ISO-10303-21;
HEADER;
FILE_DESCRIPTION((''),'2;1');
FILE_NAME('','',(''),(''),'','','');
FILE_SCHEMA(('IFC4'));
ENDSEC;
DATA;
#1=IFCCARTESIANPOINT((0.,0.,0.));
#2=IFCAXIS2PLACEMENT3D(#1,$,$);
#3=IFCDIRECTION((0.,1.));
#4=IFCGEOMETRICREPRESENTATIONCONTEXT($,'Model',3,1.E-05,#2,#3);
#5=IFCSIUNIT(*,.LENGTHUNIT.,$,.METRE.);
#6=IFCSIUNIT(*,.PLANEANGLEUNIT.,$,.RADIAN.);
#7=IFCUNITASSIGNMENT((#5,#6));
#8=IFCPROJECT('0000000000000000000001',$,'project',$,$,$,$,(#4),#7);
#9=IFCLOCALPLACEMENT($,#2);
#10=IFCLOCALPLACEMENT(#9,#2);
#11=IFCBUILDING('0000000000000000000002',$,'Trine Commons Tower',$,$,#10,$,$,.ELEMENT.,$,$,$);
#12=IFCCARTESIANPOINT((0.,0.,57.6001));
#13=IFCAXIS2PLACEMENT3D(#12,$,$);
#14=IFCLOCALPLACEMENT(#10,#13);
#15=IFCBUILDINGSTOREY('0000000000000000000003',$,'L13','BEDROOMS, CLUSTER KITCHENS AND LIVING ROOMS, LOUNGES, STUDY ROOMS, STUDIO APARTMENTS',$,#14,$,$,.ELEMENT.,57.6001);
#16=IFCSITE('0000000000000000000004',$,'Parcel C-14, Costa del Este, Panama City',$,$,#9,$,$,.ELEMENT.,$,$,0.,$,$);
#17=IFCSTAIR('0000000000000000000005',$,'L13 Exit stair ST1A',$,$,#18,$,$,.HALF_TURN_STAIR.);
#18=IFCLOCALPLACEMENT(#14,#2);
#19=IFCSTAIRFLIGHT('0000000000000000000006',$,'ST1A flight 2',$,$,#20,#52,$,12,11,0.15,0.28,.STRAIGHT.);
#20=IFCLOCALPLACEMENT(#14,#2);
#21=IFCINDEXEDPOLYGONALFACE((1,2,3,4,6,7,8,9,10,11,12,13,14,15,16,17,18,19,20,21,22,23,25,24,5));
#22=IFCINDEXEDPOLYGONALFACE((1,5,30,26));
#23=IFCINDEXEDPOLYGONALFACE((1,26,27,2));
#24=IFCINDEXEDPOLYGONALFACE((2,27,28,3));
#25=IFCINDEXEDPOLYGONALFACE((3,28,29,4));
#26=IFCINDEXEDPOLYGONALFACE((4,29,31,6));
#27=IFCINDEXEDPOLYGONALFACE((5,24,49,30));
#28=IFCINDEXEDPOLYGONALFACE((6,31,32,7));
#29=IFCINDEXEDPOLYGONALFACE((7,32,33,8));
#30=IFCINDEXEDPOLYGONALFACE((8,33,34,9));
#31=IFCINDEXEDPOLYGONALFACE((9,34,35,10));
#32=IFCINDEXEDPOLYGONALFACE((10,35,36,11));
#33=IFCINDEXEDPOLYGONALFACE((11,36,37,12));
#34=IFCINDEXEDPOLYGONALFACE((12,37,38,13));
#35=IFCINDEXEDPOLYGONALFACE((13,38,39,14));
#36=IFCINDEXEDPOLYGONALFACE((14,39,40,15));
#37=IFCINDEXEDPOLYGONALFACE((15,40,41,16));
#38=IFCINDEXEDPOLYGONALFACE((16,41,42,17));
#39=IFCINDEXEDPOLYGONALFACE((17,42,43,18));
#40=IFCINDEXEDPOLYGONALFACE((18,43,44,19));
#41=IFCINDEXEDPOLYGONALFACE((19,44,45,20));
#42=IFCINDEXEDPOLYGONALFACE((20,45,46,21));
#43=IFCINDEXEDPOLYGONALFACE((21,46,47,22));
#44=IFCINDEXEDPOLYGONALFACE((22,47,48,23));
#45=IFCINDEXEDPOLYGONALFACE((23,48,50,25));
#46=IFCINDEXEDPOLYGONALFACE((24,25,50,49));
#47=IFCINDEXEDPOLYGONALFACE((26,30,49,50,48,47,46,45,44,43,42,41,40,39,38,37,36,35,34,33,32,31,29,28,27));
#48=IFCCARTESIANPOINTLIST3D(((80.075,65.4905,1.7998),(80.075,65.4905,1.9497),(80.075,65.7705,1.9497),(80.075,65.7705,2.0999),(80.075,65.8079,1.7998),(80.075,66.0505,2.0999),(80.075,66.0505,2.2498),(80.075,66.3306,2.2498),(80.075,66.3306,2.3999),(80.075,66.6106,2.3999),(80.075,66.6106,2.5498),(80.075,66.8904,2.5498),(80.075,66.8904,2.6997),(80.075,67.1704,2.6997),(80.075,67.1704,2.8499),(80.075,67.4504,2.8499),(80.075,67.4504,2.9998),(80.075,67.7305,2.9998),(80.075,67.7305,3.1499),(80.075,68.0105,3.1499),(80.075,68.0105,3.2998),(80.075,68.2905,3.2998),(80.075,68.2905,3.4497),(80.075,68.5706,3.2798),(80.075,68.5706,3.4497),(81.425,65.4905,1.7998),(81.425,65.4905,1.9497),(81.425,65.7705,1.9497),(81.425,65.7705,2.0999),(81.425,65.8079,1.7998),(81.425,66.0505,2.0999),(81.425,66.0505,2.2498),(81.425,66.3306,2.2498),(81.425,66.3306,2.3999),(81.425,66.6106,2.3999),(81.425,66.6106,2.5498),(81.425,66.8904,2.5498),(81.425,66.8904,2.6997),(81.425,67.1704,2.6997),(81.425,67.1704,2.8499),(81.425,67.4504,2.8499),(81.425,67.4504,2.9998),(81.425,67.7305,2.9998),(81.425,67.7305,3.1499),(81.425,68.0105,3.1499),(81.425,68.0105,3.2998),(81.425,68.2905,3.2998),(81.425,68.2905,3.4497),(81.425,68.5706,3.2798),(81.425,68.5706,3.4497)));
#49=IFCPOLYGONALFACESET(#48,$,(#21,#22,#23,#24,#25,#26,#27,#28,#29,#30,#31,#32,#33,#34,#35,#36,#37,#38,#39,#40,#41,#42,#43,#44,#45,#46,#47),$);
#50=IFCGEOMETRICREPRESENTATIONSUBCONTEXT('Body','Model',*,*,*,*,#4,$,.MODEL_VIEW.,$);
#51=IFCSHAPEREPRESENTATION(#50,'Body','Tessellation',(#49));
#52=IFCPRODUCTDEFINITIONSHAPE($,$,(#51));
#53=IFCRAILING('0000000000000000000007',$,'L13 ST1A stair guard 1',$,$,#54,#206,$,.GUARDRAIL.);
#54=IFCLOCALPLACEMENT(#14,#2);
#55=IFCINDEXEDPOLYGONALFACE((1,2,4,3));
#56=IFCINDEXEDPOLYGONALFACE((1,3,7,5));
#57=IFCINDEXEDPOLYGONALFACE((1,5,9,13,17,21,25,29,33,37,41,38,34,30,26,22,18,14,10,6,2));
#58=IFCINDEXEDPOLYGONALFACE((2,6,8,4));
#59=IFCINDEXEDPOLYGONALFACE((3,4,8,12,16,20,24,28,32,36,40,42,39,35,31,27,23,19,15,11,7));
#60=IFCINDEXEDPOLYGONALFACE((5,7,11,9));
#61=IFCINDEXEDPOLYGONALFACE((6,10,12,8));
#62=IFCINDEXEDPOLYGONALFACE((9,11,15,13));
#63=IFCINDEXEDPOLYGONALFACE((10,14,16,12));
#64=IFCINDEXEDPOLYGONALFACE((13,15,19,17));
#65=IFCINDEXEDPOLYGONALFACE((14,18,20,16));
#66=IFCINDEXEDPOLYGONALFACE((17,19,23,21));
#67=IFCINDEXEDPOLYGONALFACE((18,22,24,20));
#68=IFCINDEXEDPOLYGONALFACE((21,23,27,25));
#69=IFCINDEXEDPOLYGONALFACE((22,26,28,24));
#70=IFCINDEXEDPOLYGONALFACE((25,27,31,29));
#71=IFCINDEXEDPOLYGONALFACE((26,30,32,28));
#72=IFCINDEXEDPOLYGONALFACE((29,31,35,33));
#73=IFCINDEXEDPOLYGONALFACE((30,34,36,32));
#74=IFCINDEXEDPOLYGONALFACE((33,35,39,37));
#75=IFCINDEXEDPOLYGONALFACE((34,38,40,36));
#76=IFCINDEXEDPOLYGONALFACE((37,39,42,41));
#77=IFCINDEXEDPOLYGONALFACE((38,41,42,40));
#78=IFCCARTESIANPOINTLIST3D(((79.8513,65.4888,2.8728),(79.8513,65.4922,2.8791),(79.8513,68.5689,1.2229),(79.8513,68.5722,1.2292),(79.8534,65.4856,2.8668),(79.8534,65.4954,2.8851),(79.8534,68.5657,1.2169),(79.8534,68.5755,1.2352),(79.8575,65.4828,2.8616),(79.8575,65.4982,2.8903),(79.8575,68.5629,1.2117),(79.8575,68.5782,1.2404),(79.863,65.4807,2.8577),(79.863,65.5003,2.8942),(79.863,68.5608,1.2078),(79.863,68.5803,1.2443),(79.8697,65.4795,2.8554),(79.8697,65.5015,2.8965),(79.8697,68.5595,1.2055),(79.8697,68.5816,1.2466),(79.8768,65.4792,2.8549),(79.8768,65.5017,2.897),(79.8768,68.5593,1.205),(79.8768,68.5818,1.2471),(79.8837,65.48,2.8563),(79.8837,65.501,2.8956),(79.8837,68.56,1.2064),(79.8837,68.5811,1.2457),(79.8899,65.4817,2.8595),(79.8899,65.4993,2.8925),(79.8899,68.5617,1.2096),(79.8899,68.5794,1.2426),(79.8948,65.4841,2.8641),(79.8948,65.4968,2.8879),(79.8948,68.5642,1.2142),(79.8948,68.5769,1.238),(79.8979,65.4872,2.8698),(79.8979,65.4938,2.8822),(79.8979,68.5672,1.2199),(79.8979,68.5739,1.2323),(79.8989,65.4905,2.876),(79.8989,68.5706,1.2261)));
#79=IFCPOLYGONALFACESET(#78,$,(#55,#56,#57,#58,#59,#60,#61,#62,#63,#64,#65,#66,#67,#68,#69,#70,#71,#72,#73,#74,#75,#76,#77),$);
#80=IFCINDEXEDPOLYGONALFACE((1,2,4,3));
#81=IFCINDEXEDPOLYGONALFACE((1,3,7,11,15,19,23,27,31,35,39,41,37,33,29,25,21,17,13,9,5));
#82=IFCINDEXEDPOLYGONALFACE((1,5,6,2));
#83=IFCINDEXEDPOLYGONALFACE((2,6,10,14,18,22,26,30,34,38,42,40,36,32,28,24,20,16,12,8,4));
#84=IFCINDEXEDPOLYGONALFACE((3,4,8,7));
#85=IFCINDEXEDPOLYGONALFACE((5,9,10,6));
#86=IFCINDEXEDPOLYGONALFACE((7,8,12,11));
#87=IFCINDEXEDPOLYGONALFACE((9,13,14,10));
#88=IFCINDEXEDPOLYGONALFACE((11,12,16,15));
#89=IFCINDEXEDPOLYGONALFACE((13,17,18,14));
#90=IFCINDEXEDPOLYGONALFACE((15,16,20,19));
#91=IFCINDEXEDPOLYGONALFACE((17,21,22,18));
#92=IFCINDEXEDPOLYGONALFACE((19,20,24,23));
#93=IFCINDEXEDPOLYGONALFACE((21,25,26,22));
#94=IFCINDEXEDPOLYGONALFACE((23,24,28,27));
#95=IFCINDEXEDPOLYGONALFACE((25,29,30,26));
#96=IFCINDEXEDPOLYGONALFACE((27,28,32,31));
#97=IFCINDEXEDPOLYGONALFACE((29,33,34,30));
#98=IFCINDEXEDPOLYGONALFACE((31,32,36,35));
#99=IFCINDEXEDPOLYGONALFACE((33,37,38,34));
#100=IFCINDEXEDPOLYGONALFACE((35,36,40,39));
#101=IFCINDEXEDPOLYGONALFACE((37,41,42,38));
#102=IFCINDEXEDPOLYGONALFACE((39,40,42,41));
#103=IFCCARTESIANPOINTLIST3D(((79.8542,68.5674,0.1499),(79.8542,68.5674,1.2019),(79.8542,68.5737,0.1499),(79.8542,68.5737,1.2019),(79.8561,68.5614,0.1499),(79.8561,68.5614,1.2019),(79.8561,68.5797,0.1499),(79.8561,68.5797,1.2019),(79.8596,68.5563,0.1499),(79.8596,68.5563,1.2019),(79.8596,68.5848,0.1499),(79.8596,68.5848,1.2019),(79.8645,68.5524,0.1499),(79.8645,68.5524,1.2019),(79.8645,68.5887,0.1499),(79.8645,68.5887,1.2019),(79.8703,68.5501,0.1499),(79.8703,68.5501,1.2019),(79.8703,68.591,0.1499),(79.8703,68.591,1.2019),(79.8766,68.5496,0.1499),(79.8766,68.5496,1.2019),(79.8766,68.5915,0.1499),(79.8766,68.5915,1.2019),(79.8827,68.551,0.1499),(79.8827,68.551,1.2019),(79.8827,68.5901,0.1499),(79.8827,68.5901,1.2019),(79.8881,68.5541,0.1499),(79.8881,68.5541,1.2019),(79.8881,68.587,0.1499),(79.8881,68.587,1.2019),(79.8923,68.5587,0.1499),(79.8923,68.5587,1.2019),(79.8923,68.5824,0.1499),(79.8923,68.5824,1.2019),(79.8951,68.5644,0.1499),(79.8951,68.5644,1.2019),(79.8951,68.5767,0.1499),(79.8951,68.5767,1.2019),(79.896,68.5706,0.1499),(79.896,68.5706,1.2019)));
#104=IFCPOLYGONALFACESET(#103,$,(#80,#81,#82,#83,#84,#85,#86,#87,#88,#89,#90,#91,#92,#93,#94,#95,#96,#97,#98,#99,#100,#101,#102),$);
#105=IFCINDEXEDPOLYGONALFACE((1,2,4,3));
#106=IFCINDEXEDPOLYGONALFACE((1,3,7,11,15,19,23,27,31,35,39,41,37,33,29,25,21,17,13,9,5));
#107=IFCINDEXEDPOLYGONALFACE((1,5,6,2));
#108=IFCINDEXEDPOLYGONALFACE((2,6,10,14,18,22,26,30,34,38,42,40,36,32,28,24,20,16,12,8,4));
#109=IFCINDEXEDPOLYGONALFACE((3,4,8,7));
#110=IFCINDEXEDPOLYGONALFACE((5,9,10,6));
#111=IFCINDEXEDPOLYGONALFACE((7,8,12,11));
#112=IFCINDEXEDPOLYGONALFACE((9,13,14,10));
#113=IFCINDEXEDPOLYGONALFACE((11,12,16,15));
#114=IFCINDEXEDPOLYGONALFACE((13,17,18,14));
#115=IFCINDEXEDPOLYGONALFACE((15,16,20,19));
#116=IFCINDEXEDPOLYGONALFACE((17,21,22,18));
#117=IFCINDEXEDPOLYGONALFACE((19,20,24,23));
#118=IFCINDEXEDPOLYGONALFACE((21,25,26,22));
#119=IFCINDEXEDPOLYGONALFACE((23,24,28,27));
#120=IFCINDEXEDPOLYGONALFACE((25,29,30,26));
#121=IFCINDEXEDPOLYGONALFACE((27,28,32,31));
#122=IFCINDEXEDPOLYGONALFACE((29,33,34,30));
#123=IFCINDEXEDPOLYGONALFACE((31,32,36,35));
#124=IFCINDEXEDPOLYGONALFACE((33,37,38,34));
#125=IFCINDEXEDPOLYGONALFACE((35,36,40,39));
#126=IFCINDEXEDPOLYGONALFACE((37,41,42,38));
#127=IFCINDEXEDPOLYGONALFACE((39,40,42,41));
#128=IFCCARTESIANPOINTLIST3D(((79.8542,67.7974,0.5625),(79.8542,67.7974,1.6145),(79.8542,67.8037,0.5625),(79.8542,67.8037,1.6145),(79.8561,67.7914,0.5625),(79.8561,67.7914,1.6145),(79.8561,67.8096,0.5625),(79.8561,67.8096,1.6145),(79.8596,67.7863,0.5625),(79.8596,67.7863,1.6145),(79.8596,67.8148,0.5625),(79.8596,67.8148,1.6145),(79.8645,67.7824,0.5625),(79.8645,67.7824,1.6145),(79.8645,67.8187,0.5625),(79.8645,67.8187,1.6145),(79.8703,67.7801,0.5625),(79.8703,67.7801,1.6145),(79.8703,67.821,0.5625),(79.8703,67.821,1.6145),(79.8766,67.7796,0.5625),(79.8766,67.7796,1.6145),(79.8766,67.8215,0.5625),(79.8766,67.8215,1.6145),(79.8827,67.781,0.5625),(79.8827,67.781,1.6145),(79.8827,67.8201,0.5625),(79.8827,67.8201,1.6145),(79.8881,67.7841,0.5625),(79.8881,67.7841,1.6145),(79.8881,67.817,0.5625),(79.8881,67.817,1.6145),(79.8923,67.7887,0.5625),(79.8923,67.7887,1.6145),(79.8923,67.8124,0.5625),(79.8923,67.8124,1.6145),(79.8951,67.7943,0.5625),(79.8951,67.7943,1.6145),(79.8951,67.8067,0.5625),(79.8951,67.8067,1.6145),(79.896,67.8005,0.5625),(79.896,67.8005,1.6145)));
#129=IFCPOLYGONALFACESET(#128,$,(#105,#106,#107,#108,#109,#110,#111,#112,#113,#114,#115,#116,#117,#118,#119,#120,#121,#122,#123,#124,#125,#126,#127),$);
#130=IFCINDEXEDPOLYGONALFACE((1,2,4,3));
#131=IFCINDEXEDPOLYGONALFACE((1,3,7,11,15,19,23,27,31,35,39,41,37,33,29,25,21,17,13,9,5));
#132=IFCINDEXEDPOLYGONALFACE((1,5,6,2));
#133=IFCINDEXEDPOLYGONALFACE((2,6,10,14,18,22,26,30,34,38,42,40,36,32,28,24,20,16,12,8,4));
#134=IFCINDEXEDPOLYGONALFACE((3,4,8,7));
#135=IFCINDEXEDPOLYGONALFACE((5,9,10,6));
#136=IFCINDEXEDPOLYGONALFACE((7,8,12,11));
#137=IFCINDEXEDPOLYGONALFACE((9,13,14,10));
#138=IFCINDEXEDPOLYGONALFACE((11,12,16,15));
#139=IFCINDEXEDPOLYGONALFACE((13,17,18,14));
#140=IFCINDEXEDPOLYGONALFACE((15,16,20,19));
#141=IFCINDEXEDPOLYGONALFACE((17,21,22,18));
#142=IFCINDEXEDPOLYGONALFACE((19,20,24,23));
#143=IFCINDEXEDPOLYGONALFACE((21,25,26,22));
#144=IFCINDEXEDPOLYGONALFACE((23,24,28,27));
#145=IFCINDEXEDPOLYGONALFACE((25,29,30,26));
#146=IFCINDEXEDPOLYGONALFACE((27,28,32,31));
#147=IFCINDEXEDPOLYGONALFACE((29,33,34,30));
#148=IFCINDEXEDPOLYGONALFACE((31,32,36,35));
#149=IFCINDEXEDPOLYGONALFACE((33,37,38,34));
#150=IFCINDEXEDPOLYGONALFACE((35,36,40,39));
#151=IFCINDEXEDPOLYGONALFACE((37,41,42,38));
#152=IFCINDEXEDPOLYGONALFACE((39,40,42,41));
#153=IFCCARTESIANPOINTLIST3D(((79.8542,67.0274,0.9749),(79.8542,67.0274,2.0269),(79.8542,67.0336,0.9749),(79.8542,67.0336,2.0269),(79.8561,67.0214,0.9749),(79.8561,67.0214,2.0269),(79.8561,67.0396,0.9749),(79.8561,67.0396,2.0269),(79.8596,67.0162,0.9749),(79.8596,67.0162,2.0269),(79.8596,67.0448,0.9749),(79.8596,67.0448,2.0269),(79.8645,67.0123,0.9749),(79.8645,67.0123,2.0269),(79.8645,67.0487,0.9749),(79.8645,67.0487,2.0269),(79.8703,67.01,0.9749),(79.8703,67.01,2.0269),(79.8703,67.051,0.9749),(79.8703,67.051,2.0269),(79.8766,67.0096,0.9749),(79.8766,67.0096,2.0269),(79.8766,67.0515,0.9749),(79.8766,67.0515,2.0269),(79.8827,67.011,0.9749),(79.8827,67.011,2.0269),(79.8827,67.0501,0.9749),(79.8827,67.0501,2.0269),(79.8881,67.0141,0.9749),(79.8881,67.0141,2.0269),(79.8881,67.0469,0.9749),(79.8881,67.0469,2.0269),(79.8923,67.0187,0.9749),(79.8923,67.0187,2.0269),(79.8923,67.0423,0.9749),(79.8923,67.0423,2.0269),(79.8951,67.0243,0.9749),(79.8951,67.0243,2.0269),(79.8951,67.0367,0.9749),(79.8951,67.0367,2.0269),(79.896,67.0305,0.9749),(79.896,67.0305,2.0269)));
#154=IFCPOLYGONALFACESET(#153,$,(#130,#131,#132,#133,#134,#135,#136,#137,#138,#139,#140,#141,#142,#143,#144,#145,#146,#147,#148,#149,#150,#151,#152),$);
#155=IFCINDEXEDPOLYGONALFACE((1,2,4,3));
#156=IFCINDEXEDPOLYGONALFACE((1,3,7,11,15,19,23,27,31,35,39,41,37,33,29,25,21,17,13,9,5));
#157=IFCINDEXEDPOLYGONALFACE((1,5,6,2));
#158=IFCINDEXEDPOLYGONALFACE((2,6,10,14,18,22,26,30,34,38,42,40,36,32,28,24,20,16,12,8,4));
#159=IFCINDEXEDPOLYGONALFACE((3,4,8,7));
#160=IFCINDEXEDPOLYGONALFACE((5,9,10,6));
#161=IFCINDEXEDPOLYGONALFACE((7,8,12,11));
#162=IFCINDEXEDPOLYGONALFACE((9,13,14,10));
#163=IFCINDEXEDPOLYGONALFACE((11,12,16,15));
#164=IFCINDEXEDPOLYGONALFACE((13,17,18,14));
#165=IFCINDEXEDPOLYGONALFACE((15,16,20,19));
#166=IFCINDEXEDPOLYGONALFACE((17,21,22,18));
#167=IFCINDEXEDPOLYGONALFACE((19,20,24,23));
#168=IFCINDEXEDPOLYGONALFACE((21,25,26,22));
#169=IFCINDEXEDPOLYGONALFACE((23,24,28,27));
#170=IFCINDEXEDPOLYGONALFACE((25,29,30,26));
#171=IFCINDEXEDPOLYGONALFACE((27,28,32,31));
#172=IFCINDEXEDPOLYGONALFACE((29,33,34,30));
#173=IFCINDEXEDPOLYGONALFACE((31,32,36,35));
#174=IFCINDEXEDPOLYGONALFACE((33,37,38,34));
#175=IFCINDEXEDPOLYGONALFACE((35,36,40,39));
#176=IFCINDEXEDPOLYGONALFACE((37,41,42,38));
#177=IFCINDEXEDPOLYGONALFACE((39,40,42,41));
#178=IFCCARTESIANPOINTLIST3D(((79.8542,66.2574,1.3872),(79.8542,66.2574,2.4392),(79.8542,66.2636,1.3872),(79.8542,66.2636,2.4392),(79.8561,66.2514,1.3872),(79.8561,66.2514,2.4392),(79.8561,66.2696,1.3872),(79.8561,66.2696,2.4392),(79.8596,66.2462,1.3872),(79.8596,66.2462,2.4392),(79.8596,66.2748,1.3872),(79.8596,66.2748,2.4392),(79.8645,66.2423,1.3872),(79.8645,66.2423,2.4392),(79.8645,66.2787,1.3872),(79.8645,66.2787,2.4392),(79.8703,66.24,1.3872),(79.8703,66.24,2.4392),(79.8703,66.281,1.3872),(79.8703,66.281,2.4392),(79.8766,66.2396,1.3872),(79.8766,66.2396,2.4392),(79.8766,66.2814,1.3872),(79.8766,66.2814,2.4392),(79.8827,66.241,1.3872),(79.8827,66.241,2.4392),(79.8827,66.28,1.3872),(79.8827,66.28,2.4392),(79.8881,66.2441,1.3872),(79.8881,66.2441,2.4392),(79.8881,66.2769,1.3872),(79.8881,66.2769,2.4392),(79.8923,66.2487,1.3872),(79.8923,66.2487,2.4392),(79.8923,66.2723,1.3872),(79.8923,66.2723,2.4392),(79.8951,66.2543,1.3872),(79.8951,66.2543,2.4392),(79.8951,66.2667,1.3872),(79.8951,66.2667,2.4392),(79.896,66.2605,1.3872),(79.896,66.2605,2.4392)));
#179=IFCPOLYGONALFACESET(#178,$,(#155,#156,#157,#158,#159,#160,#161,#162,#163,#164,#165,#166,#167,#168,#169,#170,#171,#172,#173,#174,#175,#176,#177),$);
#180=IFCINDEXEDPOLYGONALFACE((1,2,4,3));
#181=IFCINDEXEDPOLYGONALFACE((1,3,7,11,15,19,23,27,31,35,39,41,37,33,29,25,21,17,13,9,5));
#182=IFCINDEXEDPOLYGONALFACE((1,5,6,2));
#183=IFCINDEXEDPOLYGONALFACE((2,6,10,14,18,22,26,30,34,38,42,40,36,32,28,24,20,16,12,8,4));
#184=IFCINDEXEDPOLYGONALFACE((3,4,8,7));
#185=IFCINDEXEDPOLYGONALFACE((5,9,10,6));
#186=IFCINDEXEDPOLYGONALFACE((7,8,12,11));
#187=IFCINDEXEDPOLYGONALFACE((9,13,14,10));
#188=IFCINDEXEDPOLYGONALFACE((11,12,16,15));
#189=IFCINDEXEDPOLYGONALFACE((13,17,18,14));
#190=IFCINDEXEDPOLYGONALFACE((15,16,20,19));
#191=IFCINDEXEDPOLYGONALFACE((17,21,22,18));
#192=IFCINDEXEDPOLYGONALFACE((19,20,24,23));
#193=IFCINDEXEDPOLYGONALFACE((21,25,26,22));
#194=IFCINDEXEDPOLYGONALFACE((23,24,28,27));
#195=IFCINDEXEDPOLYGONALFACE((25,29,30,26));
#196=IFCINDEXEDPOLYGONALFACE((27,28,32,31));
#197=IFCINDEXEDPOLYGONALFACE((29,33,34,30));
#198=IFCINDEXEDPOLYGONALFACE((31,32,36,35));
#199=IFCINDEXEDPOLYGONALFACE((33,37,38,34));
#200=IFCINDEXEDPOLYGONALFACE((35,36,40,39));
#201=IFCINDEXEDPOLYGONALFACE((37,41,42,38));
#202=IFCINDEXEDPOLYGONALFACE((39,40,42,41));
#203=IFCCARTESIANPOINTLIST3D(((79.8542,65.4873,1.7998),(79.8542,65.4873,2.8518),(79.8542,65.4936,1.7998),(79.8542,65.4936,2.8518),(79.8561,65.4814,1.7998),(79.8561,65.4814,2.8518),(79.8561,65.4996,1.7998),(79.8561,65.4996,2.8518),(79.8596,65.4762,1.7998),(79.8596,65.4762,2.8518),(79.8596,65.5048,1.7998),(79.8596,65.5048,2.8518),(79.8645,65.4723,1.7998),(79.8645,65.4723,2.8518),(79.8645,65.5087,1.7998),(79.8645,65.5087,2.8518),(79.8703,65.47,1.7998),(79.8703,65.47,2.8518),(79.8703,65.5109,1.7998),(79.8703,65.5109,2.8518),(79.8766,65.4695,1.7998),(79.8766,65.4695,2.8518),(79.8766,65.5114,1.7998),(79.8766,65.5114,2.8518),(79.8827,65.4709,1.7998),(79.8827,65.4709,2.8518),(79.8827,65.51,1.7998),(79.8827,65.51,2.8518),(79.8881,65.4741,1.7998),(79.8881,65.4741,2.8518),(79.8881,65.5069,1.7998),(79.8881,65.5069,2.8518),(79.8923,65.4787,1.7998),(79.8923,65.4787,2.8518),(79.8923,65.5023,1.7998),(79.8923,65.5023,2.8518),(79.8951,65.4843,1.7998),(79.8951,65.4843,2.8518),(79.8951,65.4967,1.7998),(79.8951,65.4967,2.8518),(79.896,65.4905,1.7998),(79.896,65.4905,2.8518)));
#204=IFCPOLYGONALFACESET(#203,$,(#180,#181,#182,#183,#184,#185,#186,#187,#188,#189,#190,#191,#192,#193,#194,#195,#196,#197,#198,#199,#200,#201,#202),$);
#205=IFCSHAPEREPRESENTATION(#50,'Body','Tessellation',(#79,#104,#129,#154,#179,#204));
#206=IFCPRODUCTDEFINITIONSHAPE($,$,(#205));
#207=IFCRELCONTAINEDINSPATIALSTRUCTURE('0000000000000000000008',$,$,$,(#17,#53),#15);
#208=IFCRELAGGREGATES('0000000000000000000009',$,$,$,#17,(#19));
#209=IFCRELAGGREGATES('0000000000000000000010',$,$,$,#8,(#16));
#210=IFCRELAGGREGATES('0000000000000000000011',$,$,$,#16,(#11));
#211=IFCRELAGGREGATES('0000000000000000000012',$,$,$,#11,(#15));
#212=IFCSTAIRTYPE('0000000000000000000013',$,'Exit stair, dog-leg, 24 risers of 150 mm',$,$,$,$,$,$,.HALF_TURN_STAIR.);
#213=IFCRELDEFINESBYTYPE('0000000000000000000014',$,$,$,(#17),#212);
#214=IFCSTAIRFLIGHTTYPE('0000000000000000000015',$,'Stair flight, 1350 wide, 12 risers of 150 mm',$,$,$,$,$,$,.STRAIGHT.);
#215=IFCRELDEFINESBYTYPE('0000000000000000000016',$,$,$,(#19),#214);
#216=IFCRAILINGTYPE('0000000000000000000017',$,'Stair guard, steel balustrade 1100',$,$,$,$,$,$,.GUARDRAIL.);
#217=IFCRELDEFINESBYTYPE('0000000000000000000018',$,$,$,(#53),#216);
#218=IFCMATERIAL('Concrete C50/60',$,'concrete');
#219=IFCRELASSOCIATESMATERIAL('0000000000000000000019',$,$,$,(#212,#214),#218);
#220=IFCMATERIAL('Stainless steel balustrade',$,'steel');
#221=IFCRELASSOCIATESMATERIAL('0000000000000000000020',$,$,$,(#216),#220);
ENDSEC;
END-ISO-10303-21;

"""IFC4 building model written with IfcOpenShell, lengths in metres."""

from ifc_helpers import new_model, si_unit, direction, frame, origin, origin_2d, place, context, subcontext, project, spatial, polyline, circle, outline, extrude, material, type_object, element, aggregate, save


model = new_model("IFC4")

# Units and contexts
model_context = context("Model", 3, precision=1e-05, world=origin(), true_north=direction((0.0, 1.0)))
body_context = subcontext(model_context, "Body", "Model", "MODEL_VIEW")
ifc_project = project(units=[si_unit("LENGTHUNIT", "METRE"), si_unit("PLANEANGLEUNIT", "RADIAN")], contexts=[model_context])

# Site, building, storey
site_placement = place(None, origin())
site = spatial("IfcSite", under=ifc_project, at=site_placement, Name="Parcel C-14, Costa del Este, Panama City", CompositionType="ELEMENT", RefElevation=0.0)
building_placement = place(site_placement, origin())
building = spatial("IfcBuilding", under=site, at=building_placement, Name="Trine Commons Tower", CompositionType="ELEMENT")
storey_placement = place(building_placement, frame((0.0, 0.0, 57.6001)))
storey = spatial("IfcBuildingStorey", under=building, at=storey_placement, Name="L13", Description="BEDROOMS, CLUSTER KITCHENS AND LIVING ROOMS, LOUNGES, STUDY ROOMS, STUDIO APARTMENTS", CompositionType="ELEMENT", Elevation=57.6001)

# Shared definitions
ifc_material_1 = material(Name="Concrete C50/60", Category="concrete")

# Stair, stair flight
stair_type = type_object("IfcStairType", Name="Exit stair, dog-leg, 24 risers of 150 mm", PredefinedType="HALF_TURN_STAIR", material=ifc_material_1)
stair_placement = place(storey_placement, origin())
stair = element("IfcStair", 1, at=stair_placement, inside=storey, type_object=stair_type, Name="L13 Exit stair ST1A", PredefinedType="HALF_TURN_STAIR")
stair_flight_type = type_object("IfcStairFlightType", Name="Stair flight, 1350 wide, 12 risers of 150 mm", PredefinedType="STRAIGHT", material=ifc_material_1)
stair_flight_1_placement = place(storey_placement, frame((80.75, 65.4905, 1.7998), z_axis=(0.0, 0.0, 1.0), x_axis=(0.0, 1.0, 0.0)))
stair_flight_1 = element("IfcStairFlight", 2, at=stair_flight_1_placement, type_object=stair_flight_type, Name="ST1A flight 2", NumberOfRisers=12, NumberOfTreads=11, PredefinedType="STRAIGHT", RiserHeight=0.15, TreadLength=0.28, context=body_context, shape_type="SweptSolid", body=[
    extrude(outline(polyline([(0.0, 0.0), (0.0, 0.1499), (0.28, 0.1499), (0.28, 0.3), (0.5601, 0.3), (0.5601, 0.45), (0.8401, 0.45), (0.8401, 0.6001), (1.1201, 0.6001), (1.1201, 0.75), (1.3999, 0.75), (1.3999, 0.8999), (1.6799, 0.8999), (1.6799, 1.05), (1.96, 1.05), (1.96, 1.2), (2.24, 1.2), (2.24, 1.3501), (2.52, 1.3501), (2.52, 1.5), (2.8, 1.5), (2.8, 1.6499), (3.0801, 1.6499), (3.0801, 1.8), (3.0801, 1.48), (0.3174, 0.0), (0.0, 0.0)])), frame((0.0, 0.675, 0.0), z_axis=(0.0, -1.0, 0.0), x_axis=(1.0, 0.0, 0.0)), (0.0, 0.0, 1.0), 1.3501),
])
aggregate(stair, [stair_flight_1])

# Railing
ifc_material_2 = material(Name="Stainless steel balustrade", Category="steel")
railing_type_1 = type_object("IfcRailingType", Name="Stair guard, steel balustrade 1100", PredefinedType="GUARDRAIL", material=ifc_material_2)
railing_1_placement = place(storey_placement, frame((79.875, 68.5706, 0.1499)))
element("IfcRailing", 3, at=railing_1_placement, inside=storey, type_object=railing_type_1, Name="L13 ST1A stair guard 1", PredefinedType="GUARDRAIL", context=body_context, shape_type="SweptSolid", body=[
    extrude(circle(Radius=0.0239, at=origin_2d()), frame((0.0, 0.0, 1.0762), z_axis=(0.0, -0.881497, 0.47219), x_axis=(1.0, 0.0, 0.0)), (0.0, 0.0, 1.0), 3.4941),
    extrude(circle(Radius=0.021, at=origin_2d()), origin(), (0.0, 0.0, 1.0), 1.052),
    extrude(circle(Radius=0.021, at=origin_2d()), frame((0.0, -0.77, 0.4126)), (0.0, 0.0, 1.0), 1.052),
    extrude(circle(Radius=0.021, at=origin_2d()), frame((0.0, -1.54, 0.825)), (0.0, 0.0, 1.0), 1.052),
    extrude(circle(Radius=0.021, at=origin_2d()), frame((0.0, -2.3101, 1.2373)), (0.0, 0.0, 1.0), 1.052),
    extrude(circle(Radius=0.021, at=origin_2d()), frame((0.0, -3.0801, 1.6499)), (0.0, 0.0, 1.0), 1.052),
])

save(model, "model.ifc")
